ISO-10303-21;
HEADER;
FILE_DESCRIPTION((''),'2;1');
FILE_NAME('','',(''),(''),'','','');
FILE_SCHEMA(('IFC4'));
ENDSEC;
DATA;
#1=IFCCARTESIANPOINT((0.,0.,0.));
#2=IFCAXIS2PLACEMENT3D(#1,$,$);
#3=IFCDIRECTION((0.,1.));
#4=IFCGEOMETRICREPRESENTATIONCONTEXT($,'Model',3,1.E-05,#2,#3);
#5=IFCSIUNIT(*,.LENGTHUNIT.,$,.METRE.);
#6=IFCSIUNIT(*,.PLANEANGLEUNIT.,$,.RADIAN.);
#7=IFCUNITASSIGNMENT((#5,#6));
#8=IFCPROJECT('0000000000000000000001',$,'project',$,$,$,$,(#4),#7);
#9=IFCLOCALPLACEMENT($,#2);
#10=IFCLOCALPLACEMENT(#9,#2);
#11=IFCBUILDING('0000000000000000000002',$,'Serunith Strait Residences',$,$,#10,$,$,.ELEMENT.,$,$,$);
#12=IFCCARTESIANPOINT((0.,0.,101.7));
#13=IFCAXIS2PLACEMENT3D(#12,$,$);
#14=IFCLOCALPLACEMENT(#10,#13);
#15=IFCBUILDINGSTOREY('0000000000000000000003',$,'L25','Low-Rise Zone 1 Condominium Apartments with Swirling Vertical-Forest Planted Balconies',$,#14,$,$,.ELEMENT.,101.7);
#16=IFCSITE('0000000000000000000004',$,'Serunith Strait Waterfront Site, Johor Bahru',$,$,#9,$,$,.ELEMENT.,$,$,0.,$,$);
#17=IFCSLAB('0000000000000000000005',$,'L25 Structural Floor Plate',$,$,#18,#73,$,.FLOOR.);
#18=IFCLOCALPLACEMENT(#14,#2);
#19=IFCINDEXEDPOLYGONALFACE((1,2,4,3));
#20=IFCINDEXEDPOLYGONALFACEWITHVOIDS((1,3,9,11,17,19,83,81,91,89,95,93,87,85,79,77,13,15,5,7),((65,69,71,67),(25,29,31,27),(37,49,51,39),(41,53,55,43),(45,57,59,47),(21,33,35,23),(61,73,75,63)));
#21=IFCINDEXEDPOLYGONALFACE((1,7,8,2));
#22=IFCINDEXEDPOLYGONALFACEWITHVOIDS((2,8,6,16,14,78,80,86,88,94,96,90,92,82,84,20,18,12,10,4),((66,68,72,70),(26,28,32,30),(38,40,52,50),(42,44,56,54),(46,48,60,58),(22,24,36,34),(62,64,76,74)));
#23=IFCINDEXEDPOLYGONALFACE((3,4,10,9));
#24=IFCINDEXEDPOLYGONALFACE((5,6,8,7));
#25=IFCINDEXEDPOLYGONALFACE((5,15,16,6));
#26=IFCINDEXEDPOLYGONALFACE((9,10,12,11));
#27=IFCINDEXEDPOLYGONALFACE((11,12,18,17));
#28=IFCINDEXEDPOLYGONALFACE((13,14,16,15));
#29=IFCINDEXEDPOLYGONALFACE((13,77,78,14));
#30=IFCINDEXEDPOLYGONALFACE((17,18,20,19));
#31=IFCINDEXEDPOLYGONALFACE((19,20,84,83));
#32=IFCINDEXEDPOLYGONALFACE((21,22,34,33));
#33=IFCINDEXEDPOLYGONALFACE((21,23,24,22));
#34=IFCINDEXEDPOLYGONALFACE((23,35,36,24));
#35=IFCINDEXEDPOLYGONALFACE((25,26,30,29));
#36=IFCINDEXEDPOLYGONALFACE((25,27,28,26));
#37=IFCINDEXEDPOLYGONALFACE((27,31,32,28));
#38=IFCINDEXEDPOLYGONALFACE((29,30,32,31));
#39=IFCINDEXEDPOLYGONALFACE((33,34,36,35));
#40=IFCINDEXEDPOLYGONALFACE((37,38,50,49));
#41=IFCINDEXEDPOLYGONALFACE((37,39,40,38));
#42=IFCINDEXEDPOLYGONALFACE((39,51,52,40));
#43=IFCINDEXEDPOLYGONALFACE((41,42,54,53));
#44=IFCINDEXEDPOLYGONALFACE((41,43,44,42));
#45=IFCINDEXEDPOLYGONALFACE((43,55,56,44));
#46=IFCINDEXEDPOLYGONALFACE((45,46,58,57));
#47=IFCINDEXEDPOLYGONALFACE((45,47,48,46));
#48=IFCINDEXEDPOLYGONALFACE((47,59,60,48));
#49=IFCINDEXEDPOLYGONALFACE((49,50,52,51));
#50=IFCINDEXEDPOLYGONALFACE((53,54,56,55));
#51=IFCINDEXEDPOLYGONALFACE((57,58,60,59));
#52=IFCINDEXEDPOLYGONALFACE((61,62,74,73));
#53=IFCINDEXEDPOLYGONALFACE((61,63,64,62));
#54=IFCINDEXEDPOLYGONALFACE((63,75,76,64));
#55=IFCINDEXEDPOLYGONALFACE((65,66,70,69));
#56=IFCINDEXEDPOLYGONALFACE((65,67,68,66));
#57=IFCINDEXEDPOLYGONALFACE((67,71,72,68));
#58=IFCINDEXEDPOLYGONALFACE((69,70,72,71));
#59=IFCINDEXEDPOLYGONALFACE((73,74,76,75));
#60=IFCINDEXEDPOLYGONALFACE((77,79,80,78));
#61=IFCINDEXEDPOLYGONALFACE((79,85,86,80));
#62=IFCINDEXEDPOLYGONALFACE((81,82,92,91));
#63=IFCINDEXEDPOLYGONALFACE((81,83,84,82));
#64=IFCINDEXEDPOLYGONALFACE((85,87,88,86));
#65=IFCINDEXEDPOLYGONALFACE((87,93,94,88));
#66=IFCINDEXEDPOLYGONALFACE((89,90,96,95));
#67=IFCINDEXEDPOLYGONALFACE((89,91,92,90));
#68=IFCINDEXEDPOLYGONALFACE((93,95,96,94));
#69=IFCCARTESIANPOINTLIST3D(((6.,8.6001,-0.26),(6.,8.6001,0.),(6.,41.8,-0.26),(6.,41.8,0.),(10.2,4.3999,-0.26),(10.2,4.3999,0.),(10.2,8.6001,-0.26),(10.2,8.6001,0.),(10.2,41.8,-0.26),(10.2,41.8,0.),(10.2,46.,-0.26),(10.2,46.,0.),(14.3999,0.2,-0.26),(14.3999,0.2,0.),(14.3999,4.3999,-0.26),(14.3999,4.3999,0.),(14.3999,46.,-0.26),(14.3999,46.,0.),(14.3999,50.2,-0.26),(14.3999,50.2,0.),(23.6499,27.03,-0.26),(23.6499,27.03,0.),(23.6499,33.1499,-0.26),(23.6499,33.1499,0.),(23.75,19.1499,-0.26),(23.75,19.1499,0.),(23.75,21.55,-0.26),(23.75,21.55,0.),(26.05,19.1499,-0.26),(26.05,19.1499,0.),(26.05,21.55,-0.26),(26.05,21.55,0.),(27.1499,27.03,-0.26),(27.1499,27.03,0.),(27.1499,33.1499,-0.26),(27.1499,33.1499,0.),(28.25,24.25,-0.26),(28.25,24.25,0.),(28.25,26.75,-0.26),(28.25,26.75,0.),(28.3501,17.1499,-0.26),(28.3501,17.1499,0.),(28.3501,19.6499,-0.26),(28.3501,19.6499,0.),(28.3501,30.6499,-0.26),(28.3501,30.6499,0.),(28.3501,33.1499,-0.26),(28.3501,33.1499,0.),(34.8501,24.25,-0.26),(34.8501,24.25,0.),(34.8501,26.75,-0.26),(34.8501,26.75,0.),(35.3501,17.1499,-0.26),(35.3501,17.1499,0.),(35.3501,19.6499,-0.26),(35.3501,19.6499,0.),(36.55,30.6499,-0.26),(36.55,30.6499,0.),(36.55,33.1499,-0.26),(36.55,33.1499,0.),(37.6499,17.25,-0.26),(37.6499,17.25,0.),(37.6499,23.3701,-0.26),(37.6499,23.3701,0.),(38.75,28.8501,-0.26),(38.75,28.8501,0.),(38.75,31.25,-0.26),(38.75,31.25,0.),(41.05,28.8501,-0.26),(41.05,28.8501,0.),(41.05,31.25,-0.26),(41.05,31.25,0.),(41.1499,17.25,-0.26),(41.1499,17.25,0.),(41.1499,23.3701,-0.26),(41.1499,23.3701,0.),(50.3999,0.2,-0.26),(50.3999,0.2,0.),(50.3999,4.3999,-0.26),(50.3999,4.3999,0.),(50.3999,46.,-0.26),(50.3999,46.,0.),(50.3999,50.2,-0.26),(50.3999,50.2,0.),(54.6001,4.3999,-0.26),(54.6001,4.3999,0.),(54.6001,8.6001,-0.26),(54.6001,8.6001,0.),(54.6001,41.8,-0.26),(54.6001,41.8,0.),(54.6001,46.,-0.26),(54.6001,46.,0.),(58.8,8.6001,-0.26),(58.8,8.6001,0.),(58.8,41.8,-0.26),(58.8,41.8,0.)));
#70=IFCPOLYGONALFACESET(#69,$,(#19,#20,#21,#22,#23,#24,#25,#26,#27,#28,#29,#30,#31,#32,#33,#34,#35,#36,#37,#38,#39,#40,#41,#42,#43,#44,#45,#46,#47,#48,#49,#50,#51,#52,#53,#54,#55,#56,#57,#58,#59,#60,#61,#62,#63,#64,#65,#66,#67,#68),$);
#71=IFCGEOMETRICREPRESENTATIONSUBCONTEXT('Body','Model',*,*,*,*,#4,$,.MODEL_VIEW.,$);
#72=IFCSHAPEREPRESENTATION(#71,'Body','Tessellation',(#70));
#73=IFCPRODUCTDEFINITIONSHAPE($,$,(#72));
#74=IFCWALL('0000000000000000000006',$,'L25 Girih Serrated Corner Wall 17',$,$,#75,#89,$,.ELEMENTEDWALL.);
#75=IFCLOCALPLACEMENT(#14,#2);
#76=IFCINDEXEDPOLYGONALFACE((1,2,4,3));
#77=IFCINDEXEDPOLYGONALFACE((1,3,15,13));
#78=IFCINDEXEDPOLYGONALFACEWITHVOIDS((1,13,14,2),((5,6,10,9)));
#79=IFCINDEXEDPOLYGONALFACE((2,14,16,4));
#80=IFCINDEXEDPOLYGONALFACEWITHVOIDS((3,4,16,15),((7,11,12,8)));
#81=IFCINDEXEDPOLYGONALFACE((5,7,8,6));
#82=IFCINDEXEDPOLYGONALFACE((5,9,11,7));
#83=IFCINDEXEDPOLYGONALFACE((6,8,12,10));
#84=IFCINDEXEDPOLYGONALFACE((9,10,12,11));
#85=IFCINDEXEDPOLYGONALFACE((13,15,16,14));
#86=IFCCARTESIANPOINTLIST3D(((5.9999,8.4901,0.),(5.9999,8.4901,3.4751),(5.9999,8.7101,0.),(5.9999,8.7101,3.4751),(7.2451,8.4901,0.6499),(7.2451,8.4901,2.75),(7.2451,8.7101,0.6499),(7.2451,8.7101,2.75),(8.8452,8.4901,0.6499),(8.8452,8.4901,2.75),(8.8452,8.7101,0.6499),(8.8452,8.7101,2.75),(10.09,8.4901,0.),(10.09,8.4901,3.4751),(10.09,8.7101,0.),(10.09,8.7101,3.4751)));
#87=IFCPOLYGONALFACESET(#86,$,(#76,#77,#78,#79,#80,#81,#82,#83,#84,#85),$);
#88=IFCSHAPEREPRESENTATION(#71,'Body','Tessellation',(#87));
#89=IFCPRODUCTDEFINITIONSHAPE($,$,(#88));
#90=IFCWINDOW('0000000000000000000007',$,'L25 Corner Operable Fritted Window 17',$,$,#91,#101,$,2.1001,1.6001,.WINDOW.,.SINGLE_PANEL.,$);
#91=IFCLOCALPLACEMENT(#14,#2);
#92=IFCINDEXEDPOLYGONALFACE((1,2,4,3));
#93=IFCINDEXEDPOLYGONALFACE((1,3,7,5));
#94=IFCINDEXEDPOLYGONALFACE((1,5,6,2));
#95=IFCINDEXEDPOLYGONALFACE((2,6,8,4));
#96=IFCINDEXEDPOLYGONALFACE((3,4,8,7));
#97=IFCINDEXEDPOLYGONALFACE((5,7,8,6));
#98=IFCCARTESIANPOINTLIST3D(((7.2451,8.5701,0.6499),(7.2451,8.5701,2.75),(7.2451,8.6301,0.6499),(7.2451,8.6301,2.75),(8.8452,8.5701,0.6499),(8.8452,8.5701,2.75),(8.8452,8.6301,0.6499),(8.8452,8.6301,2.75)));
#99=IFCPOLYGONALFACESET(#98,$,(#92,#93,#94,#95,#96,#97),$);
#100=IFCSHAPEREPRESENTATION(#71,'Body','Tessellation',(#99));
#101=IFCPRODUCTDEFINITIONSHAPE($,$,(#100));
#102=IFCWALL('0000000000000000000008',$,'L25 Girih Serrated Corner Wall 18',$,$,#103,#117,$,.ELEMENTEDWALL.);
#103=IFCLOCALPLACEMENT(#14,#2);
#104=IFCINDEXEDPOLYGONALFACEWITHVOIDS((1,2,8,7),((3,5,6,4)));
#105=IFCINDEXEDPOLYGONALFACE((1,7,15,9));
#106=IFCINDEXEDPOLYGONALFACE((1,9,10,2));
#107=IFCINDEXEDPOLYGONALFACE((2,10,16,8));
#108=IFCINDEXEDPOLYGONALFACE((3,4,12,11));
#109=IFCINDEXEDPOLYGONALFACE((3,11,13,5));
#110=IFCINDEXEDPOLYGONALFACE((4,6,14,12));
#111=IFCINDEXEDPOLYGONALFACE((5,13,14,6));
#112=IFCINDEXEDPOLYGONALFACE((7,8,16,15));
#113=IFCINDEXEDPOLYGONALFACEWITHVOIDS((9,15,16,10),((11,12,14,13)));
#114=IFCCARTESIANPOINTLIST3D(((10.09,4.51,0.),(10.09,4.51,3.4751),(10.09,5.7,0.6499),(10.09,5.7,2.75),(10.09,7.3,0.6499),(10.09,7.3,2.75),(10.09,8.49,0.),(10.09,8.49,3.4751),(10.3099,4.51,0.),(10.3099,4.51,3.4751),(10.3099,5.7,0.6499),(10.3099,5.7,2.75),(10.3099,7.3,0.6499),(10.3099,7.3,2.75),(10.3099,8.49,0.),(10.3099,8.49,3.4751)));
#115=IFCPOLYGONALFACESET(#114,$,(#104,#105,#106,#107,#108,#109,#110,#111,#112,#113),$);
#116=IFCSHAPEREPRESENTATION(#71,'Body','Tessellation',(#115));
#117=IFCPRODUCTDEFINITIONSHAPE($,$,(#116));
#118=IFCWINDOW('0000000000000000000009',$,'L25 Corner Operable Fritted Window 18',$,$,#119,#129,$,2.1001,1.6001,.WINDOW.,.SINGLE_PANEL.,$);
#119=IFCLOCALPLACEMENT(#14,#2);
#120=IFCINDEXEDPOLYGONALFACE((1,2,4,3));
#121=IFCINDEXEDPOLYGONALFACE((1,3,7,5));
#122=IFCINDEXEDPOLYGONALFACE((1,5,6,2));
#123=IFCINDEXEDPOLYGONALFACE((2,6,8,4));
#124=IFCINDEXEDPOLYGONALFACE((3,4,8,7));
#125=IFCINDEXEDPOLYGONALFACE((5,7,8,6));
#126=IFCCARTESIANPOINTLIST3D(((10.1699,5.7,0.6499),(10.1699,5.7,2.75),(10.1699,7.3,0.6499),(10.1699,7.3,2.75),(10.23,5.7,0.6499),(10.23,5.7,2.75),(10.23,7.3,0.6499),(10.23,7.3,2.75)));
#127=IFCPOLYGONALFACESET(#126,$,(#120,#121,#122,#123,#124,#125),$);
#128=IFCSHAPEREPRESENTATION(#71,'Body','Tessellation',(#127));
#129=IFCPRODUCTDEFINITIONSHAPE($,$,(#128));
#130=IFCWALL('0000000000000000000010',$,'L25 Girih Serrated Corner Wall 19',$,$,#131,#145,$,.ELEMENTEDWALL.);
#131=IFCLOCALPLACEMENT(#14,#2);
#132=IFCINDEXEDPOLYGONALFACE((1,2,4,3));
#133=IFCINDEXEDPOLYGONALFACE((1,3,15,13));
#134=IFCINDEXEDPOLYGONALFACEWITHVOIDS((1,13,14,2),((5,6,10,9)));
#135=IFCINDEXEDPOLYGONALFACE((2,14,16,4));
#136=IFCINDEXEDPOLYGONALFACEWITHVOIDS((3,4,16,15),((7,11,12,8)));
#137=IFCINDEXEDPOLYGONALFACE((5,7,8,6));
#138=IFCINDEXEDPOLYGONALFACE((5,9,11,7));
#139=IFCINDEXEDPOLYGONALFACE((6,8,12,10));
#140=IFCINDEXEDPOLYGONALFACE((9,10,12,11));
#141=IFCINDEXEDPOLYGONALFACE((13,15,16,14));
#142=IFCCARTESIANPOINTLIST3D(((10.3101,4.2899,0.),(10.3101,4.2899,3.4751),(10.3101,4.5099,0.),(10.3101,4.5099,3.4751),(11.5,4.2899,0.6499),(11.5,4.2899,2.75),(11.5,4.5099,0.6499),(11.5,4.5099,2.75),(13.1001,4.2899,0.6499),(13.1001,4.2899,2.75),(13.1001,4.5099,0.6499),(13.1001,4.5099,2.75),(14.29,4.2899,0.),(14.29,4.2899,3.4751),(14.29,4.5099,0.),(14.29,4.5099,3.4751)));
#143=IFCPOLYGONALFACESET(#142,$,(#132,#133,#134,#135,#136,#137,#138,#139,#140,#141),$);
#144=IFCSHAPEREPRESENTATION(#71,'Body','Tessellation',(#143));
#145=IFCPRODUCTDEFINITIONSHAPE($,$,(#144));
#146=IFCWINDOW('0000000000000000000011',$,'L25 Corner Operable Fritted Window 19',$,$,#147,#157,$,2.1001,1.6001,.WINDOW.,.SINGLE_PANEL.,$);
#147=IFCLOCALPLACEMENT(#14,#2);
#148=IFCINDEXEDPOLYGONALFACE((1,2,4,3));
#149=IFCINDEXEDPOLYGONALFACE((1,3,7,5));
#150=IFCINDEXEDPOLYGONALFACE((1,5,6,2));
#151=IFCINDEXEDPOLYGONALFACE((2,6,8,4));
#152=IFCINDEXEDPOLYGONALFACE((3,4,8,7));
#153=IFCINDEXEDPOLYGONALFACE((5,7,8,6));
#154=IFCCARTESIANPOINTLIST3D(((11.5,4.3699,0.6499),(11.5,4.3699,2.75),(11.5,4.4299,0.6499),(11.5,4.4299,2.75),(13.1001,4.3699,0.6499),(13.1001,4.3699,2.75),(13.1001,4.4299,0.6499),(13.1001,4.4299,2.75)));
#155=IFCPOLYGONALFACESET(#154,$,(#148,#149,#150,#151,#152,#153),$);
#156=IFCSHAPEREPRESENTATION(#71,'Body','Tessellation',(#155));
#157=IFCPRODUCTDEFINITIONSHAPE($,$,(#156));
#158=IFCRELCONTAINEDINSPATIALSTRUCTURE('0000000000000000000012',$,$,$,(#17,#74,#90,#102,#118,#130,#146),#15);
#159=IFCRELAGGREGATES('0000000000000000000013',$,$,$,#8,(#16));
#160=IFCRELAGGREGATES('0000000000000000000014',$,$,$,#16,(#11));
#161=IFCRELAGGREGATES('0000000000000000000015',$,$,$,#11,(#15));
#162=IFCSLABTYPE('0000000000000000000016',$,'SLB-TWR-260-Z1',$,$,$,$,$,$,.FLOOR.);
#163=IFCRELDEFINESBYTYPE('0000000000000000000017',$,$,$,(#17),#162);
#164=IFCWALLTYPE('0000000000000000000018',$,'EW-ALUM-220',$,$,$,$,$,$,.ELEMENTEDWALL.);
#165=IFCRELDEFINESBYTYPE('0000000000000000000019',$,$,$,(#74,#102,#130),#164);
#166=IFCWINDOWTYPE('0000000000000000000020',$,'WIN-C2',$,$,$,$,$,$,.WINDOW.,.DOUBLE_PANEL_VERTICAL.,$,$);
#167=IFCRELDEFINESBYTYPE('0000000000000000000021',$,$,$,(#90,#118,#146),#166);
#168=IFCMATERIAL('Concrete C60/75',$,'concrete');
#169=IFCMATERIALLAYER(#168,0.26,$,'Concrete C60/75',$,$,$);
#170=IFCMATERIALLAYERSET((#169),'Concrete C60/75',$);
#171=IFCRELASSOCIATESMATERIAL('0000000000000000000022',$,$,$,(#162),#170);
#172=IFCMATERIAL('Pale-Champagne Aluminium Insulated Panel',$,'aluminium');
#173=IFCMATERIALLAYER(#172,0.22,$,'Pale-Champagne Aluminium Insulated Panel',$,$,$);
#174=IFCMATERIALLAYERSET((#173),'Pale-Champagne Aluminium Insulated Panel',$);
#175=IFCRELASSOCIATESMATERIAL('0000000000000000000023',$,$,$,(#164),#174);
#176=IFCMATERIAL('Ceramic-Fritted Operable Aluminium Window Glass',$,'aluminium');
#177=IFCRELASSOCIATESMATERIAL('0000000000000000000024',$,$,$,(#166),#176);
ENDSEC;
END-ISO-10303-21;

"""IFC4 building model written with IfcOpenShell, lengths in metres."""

from ifc_helpers import new_model, si_unit, direction, frame, frame_2d, origin, place, context, subcontext, project, spatial, polyline, rectangle, outline, extrude, source, transform, mapped, material, layer, layer_set, type_object, element, fill, save


model = new_model("IFC4")

# Units and contexts
model_context = context("Model", 3, precision=1e-05, world=origin(), true_north=direction((0.0, 1.0)))
body_context = subcontext(model_context, "Body", "Model", "MODEL_VIEW")
ifc_project = project(units=[si_unit("LENGTHUNIT", "METRE"), si_unit("PLANEANGLEUNIT", "RADIAN")], contexts=[model_context])

# Site, building, storey
site_placement = place(None, origin())
site = spatial("IfcSite", under=ifc_project, at=site_placement, Name="Serunith Strait Waterfront Site, Johor Bahru", CompositionType="ELEMENT", RefElevation=0.0)
building_placement = place(site_placement, origin())
building = spatial("IfcBuilding", under=site, at=building_placement, Name="Serunith Strait Residences", CompositionType="ELEMENT")
storey_placement = place(building_placement, frame((0.0, 0.0, 101.7)))
storey = spatial("IfcBuildingStorey", under=building, at=storey_placement, Name="L25", Description="Low-Rise Zone 1 Condominium Apartments with Swirling Vertical-Forest Planted Balconies", CompositionType="ELEMENT", Elevation=101.7)

# Slab
ifc_material_1 = material(Name="Concrete C60/75", Category="concrete")
ifc_layer_1 = layer(ifc_material_1, 0.26, Name="Concrete C60/75")
ifc_layer_set_1 = layer_set([ifc_layer_1], Name="Concrete C60/75")
slab_type_1 = type_object("IfcSlabType", Name="SLB-TWR-260-Z1", PredefinedType="FLOOR", material=ifc_layer_set_1)
slab_1_placement = place(storey_placement, frame((0.0, 0.0, -0.26)))
element("IfcSlab", 1, at=slab_1_placement, inside=storey, type_object=slab_type_1, Name="L25 Structural Floor Plate", PredefinedType="FLOOR", context=body_context, shape_type="SweptSolid", body=[
    extrude(outline(polyline([(14.3999, 4.3999), (10.2, 4.3999), (10.2, 8.6001), (6.0, 8.6001), (6.0, 41.8), (10.2, 41.8), (10.2, 46.0), (14.3999, 46.0), (14.3999, 50.2), (50.3999, 50.2), (50.3999, 46.0), (54.6001, 46.0), (54.6001, 41.8), (58.8, 41.8), (58.8, 8.6001), (54.6001, 8.6001), (54.6001, 4.3999), (50.3999, 4.3999), (50.3999, 0.2), (14.3999, 0.2), (14.3999, 4.3999)]), holes=[polyline([(41.1499, 17.25), (41.1499, 23.3701), (37.6499, 23.3701), (37.6499, 17.25), (41.1499, 17.25)]), polyline([(41.05, 31.25), (38.75, 31.25), (38.75, 28.8501), (41.05, 28.8501), (41.05, 31.25)]), polyline([(36.55, 33.1499), (28.3501, 33.1499), (28.3501, 30.6499), (36.55, 30.6499), (36.55, 33.1499)]), polyline([(28.3501, 19.6499), (28.3501, 17.1499), (35.3501, 17.1499), (35.3501, 19.6499), (28.3501, 19.6499)]), polyline([(34.8501, 26.75), (28.25, 26.75), (28.25, 24.25), (34.8501, 24.25), (34.8501, 26.75)]), polyline([(23.6499, 33.1499), (23.6499, 27.03), (27.1499, 27.03), (27.1499, 33.1499), (23.6499, 33.1499)]), polyline([(26.05, 21.55), (23.75, 21.55), (23.75, 19.1499), (26.05, 19.1499), (26.05, 21.55)])]), origin(), (0.0, 0.0, 1.0), 0.26),
])

# Walls, openings, windows
ifc_material_2 = material(Name="Pale-Champagne Aluminium Insulated Panel", Category="aluminium")
ifc_layer_2 = layer(ifc_material_2, 0.22, Name="Pale-Champagne Aluminium Insulated Panel")
ifc_layer_set_2 = layer_set([ifc_layer_2], Name="Pale-Champagne Aluminium Insulated Panel")
wall_type_1 = type_object("IfcWallType", Name="EW-ALUM-220", PredefinedType="ELEMENTEDWALL", material=ifc_layer_set_2)
wall_1_placement = place(storey_placement, frame((6.0, 8.6001, 0.0), z_axis=(0.0, 0.0, 1.0), x_axis=(1.0, 0.0, 0.0)))
wall_1 = element("IfcWall", 2, at=wall_1_placement, inside=storey, type_object=wall_type_1, Name="L25 Girih Serrated Corner Wall 17", PredefinedType="ELEMENTEDWALL", context=body_context, shape_type="SweptSolid", body=[
    extrude(rectangle(XDim=4.0901, YDim=0.22, at=frame_2d((2.0449, 0.0))), origin(), (0.0, 0.0, 1.0), 3.4751),
])
opening_1_placement = place(wall_1_placement, frame((1.2451, 0.0, 0.6499)))
opening_1 = element("IfcOpeningElement", 3, at=opening_1_placement, cuts=wall_1, PredefinedType="OPENING", context=body_context, shape_type="SweptSolid", body=[
    extrude(rectangle(XDim=1.6001, YDim=2.1001, at=frame_2d((0.8, 1.05))), frame((0.0, 0.1201, 0.0), z_axis=(0.0, -1.0, 0.0), x_axis=(1.0, 0.0, 0.0)), (0.0, 0.0, 1.0), 0.24),
])
ifc_material_3 = material(Name="Ceramic-Fritted Operable Aluminium Window Glass", Category="aluminium")
window_type = type_object("IfcWindowType", Name="WIN-C2", PartitioningType="DOUBLE_PANEL_VERTICAL", PredefinedType="WINDOW", material=ifc_material_3)
shared_shape_1 = source(origin(), body_context, "Body", "SweptSolid", [
    extrude(rectangle(XDim=1.6001, YDim=2.1001, at=frame_2d((0.8, 1.05))), frame((0.0, 0.03, 0.0), z_axis=(0.0, -1.0, 0.0), x_axis=(1.0, 0.0, 0.0)), (0.0, 0.0, 1.0), 0.0601),
])
window_1_placement = place(opening_1_placement, origin())
window_1 = element("IfcWindow", 4, at=window_1_placement, inside=storey, type_object=window_type, Name="L25 Corner Operable Fritted Window 17", OverallHeight=2.1001, OverallWidth=1.6001, PartitioningType="SINGLE_PANEL", PredefinedType="WINDOW", context=body_context, shape_type="MappedRepresentation", body=[
    mapped(shared_shape_1, transform((0.0, 0.0, 0.0), scale=1.0)),
])
fill(opening_1, window_1)
wall_2_placement = place(storey_placement, frame((10.2, 8.49, 0.0), z_axis=(0.0, 0.0, 1.0), x_axis=(0.0, -1.0, 0.0)))
wall_2 = element("IfcWall", 5, at=wall_2_placement, inside=storey, type_object=wall_type_1, Name="L25 Girih Serrated Corner Wall 18", PredefinedType="ELEMENTEDWALL", context=body_context, shape_type="SweptSolid", body=[
    extrude(rectangle(XDim=3.98, YDim=0.22, at=frame_2d((1.99, 0.0))), origin(), (0.0, 0.0, 1.0), 3.4751),
])
opening_2_placement = place(wall_2_placement, frame((1.1899, 0.0, 0.6499)))
opening_2 = element("IfcOpeningElement", 6, at=opening_2_placement, cuts=wall_2, PredefinedType="OPENING", context=body_context, shape_type="SweptSolid", body=[
    extrude(rectangle(XDim=1.6001, YDim=2.1001, at=frame_2d((0.8, 1.05))), frame((0.0, 0.1201, 0.0), z_axis=(0.0, -1.0, 0.0), x_axis=(1.0, 0.0, 0.0)), (0.0, 0.0, 1.0), 0.24),
])
window_2_placement = place(opening_2_placement, origin())
window_2 = element("IfcWindow", 7, at=window_2_placement, inside=storey, type_object=window_type, Name="L25 Corner Operable Fritted Window 18", OverallHeight=2.1001, OverallWidth=1.6001, PartitioningType="SINGLE_PANEL", PredefinedType="WINDOW", context=body_context, shape_type="MappedRepresentation", body=[
    mapped(shared_shape_1, transform((0.0, 0.0, 0.0), scale=1.0)),
])
fill(opening_2, window_2)
wall_3_placement = place(storey_placement, frame((10.3101, 4.3999, 0.0), z_axis=(0.0, 0.0, 1.0), x_axis=(1.0, 0.0, 0.0)))
wall_3 = element("IfcWall", 8, at=wall_3_placement, inside=storey, type_object=wall_type_1, Name="L25 Girih Serrated Corner Wall 19", PredefinedType="ELEMENTEDWALL", context=body_context, shape_type="SweptSolid", body=[
    extrude(rectangle(XDim=3.98, YDim=0.22, at=frame_2d((1.99, 0.0))), origin(), (0.0, 0.0, 1.0), 3.4751),
])
opening_3_placement = place(wall_3_placement, frame((1.1899, 0.0, 0.6499)))
opening_3 = element("IfcOpeningElement", 9, at=opening_3_placement, cuts=wall_3, PredefinedType="OPENING", context=body_context, shape_type="SweptSolid", body=[
    extrude(rectangle(XDim=1.6001, YDim=2.1001, at=frame_2d((0.8, 1.05))), frame((0.0, 0.1201, 0.0), z_axis=(0.0, -1.0, 0.0), x_axis=(1.0, 0.0, 0.0)), (0.0, 0.0, 1.0), 0.24),
])
window_3_placement = place(opening_3_placement, origin())
window_3 = element("IfcWindow", 10, at=window_3_placement, inside=storey, type_object=window_type, Name="L25 Corner Operable Fritted Window 19", OverallHeight=2.1001, OverallWidth=1.6001, PartitioningType="SINGLE_PANEL", PredefinedType="WINDOW", context=body_context, shape_type="MappedRepresentation", body=[
    mapped(shared_shape_1, transform((0.0, 0.0, 0.0), scale=1.0)),
])
fill(opening_3, window_3)

save(model, "model.ifc")
